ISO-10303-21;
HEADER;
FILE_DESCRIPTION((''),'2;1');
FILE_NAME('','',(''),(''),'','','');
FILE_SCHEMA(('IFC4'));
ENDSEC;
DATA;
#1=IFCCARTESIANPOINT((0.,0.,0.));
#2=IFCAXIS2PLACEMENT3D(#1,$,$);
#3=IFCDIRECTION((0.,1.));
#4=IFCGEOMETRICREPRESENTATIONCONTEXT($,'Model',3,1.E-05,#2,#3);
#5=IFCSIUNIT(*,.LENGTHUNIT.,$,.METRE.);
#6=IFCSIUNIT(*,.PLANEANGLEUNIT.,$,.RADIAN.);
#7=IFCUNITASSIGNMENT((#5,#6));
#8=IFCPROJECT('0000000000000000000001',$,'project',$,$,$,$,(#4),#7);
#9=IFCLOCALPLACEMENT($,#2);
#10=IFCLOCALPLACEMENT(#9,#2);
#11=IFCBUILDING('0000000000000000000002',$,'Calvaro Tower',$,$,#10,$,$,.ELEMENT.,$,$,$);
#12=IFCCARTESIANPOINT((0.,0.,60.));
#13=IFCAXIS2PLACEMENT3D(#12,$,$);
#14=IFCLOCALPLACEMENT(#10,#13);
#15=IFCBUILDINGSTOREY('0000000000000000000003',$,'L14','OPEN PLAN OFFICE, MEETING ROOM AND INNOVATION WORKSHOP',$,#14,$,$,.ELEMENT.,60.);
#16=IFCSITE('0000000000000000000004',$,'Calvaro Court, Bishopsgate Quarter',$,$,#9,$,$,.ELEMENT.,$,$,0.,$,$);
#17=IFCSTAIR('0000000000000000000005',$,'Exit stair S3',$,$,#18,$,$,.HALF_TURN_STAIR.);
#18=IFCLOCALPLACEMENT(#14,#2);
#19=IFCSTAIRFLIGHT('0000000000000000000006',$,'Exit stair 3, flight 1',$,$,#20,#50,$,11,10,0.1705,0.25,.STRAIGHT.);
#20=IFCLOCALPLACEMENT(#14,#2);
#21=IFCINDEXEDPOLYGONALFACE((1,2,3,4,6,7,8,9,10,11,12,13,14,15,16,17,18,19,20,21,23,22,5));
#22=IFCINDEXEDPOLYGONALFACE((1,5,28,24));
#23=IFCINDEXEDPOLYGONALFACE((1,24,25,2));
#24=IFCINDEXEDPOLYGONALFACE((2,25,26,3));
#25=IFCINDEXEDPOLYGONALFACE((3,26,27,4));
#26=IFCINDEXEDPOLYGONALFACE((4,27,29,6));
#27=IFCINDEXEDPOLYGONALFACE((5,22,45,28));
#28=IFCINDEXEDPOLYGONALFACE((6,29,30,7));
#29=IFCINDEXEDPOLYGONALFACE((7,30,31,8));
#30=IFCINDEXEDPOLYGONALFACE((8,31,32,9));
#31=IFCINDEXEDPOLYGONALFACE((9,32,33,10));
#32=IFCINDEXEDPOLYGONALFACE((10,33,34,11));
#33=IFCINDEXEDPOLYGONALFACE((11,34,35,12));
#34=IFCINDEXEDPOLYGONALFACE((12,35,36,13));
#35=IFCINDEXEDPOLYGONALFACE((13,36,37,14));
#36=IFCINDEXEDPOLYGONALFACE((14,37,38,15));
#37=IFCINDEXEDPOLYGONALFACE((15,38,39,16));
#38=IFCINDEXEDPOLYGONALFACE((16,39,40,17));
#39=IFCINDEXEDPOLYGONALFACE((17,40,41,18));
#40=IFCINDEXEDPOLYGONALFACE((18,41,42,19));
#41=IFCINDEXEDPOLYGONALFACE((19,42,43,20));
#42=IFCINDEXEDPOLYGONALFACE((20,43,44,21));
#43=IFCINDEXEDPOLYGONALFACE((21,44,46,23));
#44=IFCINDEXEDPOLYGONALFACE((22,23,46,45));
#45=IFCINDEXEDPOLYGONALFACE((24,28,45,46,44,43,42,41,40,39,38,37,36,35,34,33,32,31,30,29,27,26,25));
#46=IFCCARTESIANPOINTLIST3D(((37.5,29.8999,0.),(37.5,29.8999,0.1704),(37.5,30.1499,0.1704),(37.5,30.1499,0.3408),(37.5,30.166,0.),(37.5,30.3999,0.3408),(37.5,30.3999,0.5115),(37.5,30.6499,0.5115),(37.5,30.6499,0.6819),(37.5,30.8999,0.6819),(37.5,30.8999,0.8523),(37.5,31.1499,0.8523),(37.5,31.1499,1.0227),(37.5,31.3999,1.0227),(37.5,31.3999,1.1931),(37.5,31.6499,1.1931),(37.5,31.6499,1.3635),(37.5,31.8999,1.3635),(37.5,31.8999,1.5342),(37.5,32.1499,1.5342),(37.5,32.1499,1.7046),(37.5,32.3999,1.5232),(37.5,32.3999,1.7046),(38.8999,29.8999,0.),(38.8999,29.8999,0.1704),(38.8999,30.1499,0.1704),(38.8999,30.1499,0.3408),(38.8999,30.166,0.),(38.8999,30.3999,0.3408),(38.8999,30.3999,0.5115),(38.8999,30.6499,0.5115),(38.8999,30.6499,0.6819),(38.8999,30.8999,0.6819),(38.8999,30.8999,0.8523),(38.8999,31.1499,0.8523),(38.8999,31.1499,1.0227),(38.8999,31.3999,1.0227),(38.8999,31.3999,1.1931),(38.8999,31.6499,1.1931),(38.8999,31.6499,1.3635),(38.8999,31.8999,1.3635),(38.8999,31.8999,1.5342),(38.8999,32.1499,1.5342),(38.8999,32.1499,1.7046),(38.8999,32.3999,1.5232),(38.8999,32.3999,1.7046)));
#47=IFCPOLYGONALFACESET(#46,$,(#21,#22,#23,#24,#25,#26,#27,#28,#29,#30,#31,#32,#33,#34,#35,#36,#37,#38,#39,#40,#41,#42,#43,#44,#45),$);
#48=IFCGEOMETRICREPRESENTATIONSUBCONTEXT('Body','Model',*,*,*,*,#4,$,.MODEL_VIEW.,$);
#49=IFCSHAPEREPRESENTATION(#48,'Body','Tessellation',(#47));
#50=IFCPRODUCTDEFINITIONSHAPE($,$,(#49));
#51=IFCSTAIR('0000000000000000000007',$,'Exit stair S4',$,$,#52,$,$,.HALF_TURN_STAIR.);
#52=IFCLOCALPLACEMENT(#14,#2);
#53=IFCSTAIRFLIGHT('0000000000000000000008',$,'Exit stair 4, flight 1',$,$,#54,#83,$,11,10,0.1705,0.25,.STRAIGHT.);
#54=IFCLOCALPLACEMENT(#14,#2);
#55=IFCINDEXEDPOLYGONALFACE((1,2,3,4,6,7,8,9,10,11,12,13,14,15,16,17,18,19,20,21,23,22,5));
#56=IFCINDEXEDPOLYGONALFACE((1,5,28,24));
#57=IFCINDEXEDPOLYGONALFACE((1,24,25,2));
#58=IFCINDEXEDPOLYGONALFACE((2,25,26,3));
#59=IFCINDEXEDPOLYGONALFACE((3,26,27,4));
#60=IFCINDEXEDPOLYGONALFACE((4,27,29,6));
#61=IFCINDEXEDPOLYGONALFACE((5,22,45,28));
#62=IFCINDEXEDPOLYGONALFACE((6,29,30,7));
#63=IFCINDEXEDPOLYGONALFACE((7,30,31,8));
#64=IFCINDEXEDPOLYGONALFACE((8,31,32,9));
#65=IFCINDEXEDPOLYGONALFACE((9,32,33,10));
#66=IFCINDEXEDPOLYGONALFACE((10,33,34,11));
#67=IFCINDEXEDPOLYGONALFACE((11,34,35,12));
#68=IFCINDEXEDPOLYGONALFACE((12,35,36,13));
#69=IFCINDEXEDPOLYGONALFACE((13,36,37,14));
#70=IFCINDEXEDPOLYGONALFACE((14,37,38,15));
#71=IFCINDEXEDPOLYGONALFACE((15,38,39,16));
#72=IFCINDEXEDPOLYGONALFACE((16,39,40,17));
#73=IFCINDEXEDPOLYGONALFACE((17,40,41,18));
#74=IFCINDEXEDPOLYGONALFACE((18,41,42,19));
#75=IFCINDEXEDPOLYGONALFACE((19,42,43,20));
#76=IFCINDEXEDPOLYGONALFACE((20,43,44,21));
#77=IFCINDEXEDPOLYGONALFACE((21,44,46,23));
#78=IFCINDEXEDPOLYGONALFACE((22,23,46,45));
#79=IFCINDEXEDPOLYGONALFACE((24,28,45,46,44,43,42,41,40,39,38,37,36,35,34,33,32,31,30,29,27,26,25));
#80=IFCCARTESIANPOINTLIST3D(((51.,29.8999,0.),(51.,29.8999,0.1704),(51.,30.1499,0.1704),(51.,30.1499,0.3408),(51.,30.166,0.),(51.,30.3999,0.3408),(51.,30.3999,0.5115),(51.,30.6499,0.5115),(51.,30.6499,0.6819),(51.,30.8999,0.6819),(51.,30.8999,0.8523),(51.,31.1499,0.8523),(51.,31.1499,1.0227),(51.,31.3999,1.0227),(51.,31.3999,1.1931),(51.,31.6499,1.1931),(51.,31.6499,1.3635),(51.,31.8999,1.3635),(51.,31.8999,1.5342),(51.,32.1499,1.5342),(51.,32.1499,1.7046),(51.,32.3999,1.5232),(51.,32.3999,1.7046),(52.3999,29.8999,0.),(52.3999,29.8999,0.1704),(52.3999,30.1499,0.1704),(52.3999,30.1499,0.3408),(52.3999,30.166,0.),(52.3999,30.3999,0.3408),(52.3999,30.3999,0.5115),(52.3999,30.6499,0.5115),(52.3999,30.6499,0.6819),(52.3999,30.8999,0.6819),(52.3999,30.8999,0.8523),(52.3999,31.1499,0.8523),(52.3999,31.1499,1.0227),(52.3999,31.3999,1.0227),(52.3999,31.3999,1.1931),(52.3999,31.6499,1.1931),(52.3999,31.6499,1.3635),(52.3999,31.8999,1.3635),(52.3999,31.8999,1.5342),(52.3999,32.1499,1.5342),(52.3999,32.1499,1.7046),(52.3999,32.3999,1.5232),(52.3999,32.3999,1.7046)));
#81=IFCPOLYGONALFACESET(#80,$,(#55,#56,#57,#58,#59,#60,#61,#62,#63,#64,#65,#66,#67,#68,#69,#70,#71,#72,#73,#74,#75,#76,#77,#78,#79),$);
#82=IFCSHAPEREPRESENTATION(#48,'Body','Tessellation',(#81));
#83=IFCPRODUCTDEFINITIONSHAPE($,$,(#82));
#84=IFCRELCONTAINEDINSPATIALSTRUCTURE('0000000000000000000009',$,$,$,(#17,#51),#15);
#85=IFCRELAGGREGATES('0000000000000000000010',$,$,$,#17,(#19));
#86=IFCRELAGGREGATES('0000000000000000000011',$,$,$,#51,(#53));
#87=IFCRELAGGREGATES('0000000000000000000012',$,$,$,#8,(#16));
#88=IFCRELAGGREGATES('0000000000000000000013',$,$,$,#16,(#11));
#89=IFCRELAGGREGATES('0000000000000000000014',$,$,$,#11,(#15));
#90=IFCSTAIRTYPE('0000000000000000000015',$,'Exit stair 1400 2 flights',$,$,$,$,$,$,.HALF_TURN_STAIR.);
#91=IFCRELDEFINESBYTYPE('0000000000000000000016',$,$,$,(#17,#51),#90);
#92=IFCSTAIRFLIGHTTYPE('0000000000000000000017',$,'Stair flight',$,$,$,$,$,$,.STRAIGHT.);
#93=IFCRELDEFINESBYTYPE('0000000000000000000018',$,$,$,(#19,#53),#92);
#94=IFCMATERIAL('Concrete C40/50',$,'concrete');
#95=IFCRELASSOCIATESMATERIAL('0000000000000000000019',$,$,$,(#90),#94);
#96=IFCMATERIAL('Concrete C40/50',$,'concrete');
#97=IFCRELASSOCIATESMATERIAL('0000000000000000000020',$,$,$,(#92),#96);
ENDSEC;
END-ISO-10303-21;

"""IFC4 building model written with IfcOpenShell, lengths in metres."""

from ifc_helpers import new_model, si_unit, direction, frame, origin, place, context, subcontext, project, spatial, polyline, outline, extrude, material, type_object, element, aggregate, save


model = new_model("IFC4")

# Units and contexts
model_context = context("Model", 3, precision=1e-05, world=origin(), true_north=direction((0.0, 1.0)))
body_context = subcontext(model_context, "Body", "Model", "MODEL_VIEW")
ifc_project = project(units=[si_unit("LENGTHUNIT", "METRE"), si_unit("PLANEANGLEUNIT", "RADIAN")], contexts=[model_context])

# Site, building, storey
site_placement = place(None, origin())
site = spatial("IfcSite", under=ifc_project, at=site_placement, Name="Calvaro Court, Bishopsgate Quarter", CompositionType="ELEMENT", RefElevation=0.0)
building_placement = place(site_placement, origin())
building = spatial("IfcBuilding", under=site, at=building_placement, Name="Calvaro Tower", CompositionType="ELEMENT")
storey_placement = place(building_placement, frame((0.0, 0.0, 60.0)))
storey = spatial("IfcBuildingStorey", under=building, at=storey_placement, Name="L14", Description="OPEN PLAN OFFICE, MEETING ROOM AND INNOVATION WORKSHOP", CompositionType="ELEMENT", Elevation=60.0)

# Stairs, stair flights
ifc_material_1 = material(Name="Concrete C40/50", Category="concrete")
stair_type = type_object("IfcStairType", Name="Exit stair 1400 2 flights", PredefinedType="HALF_TURN_STAIR", material=ifc_material_1)
stair_1_placement = place(storey_placement, origin())
stair_1 = element("IfcStair", 1, at=stair_1_placement, inside=storey, type_object=stair_type, Name="Exit stair S3", PredefinedType="HALF_TURN_STAIR")
ifc_material_2 = material(Name="Concrete C40/50", Category="concrete")
stair_flight_type = type_object("IfcStairFlightType", Name="Stair flight", PredefinedType="STRAIGHT", material=ifc_material_2)
stair_flight_1_placement = place(storey_placement, frame((38.2, 29.8999, 0.0), z_axis=(0.0, 0.0, 1.0), x_axis=(0.0, 1.0, 0.0)))
stair_flight_1 = element("IfcStairFlight", 2, at=stair_flight_1_placement, type_object=stair_flight_type, Name="Exit stair 3, flight 1", NumberOfRisers=11, NumberOfTreads=10, PredefinedType="STRAIGHT", RiserHeight=0.1705, TreadLength=0.25, context=body_context, shape_type="SweptSolid", body=[
    extrude(outline(polyline([(0.0, 0.0), (0.0, 0.1704), (0.25, 0.1704), (0.25, 0.3408), (0.5, 0.3408), (0.5, 0.5115), (0.75, 0.5115), (0.75, 0.6819), (1.0, 0.6819), (1.0, 0.8523), (1.25, 0.8523), (1.25, 1.0227), (1.5, 1.0227), (1.5, 1.1931), (1.75, 1.1931), (1.75, 1.3635), (2.0, 1.3635), (2.0, 1.5342), (2.25, 1.5342), (2.25, 1.7046), (2.5, 1.7046), (2.5, 1.875), (2.5, 1.5232), (0.2661, 0.0), (0.0, 0.0)])), frame((0.0, 0.7, 0.0), z_axis=(0.0, -1.0, 0.0), x_axis=(1.0, 0.0, 0.0)), (0.0, 0.0, 1.0), 1.3999),
])
stair_2_placement = place(storey_placement, origin())
stair_2 = element("IfcStair", 3, at=stair_2_placement, inside=storey, type_object=stair_type, Name="Exit stair S4", PredefinedType="HALF_TURN_STAIR")
stair_flight_2_placement = place(storey_placement, frame((51.7, 29.8999, 0.0), z_axis=(0.0, 0.0, 1.0), x_axis=(0.0, 1.0, 0.0)))
stair_flight_2 = element("IfcStairFlight", 4, at=stair_flight_2_placement, type_object=stair_flight_type, Name="Exit stair 4, flight 1", NumberOfRisers=11, NumberOfTreads=10, PredefinedType="STRAIGHT", RiserHeight=0.1705, TreadLength=0.25, context=body_context, shape_type="SweptSolid", body=[
    extrude(outline(polyline([(0.0, 0.0), (0.0, 0.1704), (0.25, 0.1704), (0.25, 0.3408), (0.5, 0.3408), (0.5, 0.5115), (0.75, 0.5115), (0.75, 0.6819), (1.0, 0.6819), (1.0, 0.8523), (1.25, 0.8523), (1.25, 1.0227), (1.5, 1.0227), (1.5, 1.1931), (1.75, 1.1931), (1.75, 1.3635), (2.0, 1.3635), (2.0, 1.5342), (2.25, 1.5342), (2.25, 1.7046), (2.5, 1.7046), (2.5, 1.875), (2.5, 1.5232), (0.2661, 0.0), (0.0, 0.0)])), frame((0.0, 0.7, 0.0), z_axis=(0.0, -1.0, 0.0), x_axis=(1.0, 0.0, 0.0)), (0.0, 0.0, 1.0), 1.3999),
])

aggregate(stair_1, [stair_flight_1])
aggregate(stair_2, [stair_flight_2])

save(model, "model.ifc")
